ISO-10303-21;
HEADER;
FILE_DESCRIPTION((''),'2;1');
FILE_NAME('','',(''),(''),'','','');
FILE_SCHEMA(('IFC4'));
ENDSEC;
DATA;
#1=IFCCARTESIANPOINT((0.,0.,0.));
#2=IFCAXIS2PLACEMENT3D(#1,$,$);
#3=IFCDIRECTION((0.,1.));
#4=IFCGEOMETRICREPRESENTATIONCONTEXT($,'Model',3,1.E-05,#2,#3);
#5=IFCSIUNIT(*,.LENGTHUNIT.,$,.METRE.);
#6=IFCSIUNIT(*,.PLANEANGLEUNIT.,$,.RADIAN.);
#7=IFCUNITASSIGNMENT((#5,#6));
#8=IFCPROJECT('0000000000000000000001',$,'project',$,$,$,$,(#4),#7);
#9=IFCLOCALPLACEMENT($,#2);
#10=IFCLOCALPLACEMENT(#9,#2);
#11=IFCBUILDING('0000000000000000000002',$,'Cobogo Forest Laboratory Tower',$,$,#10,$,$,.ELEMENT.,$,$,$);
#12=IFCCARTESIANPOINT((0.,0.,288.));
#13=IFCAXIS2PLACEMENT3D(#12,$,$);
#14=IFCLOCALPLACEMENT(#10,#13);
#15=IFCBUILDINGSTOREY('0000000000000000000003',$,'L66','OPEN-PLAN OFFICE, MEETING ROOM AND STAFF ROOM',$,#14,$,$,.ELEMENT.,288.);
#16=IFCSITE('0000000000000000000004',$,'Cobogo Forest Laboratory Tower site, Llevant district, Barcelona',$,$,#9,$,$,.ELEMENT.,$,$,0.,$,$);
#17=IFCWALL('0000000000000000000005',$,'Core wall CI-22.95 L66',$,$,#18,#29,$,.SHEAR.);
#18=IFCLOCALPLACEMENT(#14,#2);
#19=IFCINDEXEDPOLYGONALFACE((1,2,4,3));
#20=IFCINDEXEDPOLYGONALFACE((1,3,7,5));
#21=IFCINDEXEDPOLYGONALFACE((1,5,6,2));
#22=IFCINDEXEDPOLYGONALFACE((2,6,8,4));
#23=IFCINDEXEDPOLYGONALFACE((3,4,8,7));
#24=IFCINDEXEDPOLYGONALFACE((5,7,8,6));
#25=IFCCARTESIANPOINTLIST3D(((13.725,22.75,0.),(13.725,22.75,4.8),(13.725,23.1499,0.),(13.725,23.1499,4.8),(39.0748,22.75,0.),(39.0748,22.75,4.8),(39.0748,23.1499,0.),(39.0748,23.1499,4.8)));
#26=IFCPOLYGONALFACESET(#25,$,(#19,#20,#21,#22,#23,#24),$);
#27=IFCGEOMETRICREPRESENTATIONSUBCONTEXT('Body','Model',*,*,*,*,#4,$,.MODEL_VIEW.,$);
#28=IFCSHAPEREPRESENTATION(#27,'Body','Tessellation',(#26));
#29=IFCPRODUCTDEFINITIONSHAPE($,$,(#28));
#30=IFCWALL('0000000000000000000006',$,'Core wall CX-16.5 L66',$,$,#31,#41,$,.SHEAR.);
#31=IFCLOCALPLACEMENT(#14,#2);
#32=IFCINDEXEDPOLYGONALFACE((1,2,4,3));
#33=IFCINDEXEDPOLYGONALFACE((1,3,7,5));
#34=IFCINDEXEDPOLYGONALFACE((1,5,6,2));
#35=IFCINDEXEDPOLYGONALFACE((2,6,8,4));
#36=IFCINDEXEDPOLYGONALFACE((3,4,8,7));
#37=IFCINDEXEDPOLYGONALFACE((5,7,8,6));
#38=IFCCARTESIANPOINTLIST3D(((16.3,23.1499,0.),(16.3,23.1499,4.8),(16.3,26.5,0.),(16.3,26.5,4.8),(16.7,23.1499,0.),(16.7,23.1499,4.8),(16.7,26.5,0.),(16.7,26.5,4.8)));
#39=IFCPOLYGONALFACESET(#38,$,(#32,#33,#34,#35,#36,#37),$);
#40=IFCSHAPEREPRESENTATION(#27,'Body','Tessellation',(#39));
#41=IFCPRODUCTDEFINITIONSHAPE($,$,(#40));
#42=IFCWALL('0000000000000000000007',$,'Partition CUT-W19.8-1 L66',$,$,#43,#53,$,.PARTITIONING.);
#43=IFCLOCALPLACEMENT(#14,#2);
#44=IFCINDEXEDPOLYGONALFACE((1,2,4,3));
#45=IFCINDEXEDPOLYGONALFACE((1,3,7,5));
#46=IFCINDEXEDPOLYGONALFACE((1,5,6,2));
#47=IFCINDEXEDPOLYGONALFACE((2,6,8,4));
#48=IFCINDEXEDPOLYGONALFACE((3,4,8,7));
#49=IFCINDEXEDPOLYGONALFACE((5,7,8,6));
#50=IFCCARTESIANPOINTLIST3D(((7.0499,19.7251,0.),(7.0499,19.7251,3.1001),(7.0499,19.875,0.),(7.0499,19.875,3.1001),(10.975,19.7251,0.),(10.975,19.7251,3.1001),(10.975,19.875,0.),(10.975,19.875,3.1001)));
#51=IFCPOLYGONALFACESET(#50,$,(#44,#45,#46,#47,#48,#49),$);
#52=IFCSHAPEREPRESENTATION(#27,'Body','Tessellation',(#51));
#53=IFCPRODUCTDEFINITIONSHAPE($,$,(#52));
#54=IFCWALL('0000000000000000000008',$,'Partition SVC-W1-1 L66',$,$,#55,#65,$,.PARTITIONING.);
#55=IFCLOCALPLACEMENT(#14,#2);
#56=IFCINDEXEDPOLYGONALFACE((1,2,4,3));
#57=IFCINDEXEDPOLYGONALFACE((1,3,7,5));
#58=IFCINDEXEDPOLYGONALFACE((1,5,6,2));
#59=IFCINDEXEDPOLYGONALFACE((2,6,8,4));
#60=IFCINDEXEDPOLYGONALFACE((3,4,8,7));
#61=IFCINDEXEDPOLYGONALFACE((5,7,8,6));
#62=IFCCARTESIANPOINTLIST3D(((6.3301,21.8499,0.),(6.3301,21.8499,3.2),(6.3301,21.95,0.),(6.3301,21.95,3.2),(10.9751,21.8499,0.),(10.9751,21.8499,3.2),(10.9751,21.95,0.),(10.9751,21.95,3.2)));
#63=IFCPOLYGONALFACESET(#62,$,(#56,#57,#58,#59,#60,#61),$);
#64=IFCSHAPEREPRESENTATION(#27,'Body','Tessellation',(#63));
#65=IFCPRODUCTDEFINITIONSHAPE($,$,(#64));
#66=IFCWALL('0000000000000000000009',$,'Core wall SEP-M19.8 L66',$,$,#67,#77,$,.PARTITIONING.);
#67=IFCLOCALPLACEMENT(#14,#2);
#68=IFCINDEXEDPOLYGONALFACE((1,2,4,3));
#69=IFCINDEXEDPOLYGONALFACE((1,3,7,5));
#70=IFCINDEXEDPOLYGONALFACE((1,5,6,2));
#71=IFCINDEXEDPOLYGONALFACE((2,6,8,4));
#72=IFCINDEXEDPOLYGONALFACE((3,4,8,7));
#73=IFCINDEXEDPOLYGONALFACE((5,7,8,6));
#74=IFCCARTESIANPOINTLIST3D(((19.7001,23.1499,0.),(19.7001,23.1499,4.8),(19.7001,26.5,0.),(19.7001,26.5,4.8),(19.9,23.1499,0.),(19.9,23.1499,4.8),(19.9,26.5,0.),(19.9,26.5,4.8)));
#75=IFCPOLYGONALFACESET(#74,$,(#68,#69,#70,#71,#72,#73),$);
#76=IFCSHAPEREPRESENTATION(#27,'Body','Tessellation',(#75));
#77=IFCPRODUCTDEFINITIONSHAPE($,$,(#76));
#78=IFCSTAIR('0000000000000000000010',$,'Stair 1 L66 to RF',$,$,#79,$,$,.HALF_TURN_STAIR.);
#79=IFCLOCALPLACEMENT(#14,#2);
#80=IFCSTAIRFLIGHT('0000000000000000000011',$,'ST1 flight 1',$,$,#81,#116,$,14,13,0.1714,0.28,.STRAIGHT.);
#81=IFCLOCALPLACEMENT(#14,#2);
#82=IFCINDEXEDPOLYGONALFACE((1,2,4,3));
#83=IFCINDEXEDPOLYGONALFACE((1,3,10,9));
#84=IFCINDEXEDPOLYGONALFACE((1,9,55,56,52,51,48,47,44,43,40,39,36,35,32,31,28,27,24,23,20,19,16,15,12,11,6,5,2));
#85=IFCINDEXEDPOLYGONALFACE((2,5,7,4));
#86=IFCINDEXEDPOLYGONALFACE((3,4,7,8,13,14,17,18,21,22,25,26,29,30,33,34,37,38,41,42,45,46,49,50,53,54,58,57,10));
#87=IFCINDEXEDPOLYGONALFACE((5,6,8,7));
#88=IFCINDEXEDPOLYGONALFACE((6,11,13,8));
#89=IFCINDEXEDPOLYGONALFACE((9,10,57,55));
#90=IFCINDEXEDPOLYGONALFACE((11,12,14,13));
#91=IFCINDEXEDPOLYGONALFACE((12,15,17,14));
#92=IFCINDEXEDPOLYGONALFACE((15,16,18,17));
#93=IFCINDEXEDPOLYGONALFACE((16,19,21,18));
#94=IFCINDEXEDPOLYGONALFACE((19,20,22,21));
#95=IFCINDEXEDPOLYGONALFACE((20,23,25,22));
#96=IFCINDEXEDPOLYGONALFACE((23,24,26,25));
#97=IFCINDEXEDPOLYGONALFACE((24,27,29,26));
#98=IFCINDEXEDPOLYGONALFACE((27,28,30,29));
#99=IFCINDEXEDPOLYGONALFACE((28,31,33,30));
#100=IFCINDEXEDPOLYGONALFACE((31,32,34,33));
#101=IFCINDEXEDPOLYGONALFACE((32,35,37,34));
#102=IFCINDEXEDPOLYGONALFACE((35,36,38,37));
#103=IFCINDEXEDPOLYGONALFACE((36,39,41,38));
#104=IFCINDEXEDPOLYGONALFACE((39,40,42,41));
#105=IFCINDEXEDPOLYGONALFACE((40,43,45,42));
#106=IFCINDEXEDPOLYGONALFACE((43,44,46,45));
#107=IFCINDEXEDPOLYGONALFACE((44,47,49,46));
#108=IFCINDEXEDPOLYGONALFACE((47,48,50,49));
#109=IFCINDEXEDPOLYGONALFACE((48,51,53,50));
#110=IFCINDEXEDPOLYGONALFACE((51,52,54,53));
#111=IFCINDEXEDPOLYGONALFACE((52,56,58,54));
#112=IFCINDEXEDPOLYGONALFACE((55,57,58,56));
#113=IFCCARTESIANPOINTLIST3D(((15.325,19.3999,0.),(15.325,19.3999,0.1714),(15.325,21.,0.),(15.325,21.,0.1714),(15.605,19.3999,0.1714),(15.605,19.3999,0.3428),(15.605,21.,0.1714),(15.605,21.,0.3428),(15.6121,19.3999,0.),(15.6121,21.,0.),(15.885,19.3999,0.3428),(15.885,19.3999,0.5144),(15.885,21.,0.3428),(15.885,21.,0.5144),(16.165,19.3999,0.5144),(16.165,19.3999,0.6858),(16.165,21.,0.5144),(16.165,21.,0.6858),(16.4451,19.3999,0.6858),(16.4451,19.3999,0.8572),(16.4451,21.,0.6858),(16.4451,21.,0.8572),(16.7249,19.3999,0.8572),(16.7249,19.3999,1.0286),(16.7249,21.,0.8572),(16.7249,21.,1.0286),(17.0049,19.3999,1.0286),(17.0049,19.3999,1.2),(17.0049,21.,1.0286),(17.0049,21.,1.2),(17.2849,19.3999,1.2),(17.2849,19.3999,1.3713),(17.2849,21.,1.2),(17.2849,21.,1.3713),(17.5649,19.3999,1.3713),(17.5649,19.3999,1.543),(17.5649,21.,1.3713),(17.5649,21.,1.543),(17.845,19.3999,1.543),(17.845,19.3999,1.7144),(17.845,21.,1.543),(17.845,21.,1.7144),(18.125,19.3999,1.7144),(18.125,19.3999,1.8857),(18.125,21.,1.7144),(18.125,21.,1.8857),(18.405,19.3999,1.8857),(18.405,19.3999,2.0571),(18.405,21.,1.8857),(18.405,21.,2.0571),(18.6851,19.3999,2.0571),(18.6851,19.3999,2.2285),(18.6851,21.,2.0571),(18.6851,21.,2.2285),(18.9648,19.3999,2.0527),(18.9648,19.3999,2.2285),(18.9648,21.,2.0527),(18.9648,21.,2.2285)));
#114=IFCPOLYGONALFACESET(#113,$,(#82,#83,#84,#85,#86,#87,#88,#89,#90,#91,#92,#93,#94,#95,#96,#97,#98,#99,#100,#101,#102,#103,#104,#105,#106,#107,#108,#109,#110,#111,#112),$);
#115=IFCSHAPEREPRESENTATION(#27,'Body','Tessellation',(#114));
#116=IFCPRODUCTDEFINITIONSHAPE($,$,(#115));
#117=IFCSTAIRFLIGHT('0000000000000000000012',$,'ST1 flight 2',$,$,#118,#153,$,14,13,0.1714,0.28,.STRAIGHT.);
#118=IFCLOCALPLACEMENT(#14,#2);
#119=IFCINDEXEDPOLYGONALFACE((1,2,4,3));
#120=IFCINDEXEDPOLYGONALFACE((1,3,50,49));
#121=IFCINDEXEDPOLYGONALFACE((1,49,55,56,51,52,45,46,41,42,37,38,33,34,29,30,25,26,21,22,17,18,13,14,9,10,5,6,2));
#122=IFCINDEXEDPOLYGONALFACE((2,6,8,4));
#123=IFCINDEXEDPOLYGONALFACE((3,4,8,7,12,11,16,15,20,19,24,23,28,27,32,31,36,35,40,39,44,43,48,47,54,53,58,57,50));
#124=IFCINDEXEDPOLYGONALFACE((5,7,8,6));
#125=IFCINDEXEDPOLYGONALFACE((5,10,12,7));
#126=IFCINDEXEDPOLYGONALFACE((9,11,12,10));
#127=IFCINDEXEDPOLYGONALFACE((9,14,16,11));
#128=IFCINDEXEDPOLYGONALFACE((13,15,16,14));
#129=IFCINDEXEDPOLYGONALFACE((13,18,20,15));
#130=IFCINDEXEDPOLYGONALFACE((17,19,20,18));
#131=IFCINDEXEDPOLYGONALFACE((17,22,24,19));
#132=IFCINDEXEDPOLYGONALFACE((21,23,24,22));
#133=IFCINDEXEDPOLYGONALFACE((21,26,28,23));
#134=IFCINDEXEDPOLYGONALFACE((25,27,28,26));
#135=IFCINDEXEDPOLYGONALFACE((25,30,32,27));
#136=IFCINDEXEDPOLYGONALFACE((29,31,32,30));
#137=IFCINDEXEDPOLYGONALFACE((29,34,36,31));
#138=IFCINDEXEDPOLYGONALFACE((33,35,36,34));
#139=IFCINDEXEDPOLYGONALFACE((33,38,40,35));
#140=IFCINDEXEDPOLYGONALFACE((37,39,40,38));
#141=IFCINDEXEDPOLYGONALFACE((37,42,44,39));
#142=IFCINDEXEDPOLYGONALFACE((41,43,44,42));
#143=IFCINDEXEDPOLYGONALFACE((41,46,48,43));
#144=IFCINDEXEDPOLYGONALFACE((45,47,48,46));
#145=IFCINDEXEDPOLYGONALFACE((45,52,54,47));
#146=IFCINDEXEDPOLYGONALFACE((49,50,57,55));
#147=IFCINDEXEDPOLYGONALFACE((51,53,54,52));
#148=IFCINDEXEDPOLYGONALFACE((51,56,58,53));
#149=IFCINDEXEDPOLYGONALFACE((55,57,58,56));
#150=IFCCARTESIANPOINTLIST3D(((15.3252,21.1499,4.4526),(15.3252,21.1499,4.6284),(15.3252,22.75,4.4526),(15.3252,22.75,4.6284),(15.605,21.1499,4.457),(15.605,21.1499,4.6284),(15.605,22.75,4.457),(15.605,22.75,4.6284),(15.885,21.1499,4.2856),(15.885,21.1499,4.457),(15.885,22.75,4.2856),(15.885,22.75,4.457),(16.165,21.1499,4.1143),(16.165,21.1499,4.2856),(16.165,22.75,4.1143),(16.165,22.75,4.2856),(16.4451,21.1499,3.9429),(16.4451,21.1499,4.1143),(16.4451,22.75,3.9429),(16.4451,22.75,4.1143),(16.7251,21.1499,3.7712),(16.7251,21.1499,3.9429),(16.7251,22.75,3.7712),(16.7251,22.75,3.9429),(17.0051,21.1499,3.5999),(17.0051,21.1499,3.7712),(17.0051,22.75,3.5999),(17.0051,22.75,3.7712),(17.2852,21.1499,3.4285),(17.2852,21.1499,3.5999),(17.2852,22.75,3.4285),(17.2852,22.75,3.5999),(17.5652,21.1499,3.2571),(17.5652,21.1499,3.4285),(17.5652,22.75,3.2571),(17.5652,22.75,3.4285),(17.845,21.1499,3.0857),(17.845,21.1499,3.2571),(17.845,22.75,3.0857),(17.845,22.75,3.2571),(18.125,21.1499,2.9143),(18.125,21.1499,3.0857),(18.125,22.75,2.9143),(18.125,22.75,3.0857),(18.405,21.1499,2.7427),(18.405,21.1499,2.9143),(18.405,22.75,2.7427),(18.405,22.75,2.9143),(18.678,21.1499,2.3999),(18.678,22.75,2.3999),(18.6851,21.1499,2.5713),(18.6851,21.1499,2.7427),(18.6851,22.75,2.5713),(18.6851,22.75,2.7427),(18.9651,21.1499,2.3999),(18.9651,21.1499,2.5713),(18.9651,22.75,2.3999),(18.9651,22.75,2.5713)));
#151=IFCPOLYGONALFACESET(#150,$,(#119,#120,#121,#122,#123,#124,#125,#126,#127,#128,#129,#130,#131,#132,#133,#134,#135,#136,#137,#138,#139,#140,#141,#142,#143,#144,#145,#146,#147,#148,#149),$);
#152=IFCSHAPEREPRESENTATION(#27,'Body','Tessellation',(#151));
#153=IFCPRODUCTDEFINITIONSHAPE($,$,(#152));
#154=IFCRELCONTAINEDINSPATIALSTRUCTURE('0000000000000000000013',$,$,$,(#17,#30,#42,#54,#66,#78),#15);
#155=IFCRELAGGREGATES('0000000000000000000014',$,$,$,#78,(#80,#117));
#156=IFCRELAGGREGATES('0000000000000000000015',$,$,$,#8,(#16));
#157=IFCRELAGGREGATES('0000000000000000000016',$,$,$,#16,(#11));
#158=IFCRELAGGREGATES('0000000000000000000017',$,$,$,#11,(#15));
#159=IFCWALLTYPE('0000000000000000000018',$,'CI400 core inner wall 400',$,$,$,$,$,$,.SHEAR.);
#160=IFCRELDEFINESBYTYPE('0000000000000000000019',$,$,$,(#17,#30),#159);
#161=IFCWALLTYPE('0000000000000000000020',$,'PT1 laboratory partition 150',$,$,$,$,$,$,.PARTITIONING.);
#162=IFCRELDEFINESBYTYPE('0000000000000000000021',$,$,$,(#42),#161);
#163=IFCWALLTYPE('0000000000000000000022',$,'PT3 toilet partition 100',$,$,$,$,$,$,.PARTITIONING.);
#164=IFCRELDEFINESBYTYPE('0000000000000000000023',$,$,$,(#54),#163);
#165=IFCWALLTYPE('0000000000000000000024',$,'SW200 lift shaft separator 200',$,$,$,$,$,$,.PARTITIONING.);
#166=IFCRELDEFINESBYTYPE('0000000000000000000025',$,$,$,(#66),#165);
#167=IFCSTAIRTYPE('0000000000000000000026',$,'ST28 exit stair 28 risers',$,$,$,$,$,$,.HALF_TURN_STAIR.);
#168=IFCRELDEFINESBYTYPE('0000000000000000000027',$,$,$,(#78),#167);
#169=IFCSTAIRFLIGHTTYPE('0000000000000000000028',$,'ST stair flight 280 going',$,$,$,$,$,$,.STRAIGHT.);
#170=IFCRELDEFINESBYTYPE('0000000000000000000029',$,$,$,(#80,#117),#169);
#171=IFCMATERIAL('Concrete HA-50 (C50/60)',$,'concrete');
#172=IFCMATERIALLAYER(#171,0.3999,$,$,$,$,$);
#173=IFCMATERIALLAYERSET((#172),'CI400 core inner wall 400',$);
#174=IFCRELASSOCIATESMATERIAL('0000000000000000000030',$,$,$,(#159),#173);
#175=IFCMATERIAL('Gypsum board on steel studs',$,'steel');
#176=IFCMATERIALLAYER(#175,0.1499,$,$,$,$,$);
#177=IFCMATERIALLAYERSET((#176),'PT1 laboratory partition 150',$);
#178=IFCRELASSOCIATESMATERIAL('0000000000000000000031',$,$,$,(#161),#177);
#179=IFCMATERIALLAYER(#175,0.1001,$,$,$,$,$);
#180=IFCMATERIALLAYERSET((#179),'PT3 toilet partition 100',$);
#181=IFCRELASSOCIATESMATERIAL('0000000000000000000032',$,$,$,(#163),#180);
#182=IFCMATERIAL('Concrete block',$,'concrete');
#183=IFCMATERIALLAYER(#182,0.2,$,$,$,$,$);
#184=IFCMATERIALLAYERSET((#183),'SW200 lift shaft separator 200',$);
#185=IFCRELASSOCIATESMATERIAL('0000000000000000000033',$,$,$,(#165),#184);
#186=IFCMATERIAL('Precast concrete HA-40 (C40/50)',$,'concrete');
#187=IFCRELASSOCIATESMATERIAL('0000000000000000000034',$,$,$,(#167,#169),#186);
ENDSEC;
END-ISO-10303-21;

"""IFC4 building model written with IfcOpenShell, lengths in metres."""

from ifc_helpers import new_model, si_unit, direction, frame, frame_2d, origin, place, context, subcontext, project, spatial, polyline, rectangle, outline, extrude, material, layer, layer_set, type_object, element, aggregate, save


model = new_model("IFC4")

# Units and contexts
model_context = context("Model", 3, precision=1e-05, world=origin(), true_north=direction((0.0, 1.0)))
body_context = subcontext(model_context, "Body", "Model", "MODEL_VIEW")
ifc_project = project(units=[si_unit("LENGTHUNIT", "METRE"), si_unit("PLANEANGLEUNIT", "RADIAN")], contexts=[model_context])

# Site, building, storey
site_placement = place(None, origin())
site = spatial("IfcSite", under=ifc_project, at=site_placement, Name="Cobogo Forest Laboratory Tower site, Llevant district, Barcelona", CompositionType="ELEMENT", RefElevation=0.0)
building_placement = place(site_placement, origin())
building = spatial("IfcBuilding", under=site, at=building_placement, Name="Cobogo Forest Laboratory Tower", CompositionType="ELEMENT")
storey_placement = place(building_placement, frame((0.0, 0.0, 288.0)))
storey = spatial("IfcBuildingStorey", under=building, at=storey_placement, Name="L66", Description="OPEN-PLAN OFFICE, MEETING ROOM AND STAFF ROOM", CompositionType="ELEMENT", Elevation=288.0)

# Shared definitions
ifc_material_1 = material(Name="Concrete HA-50 (C50/60)", Category="concrete")

# Walls
ifc_layer_1 = layer(ifc_material_1, 0.3999)
ifc_layer_set_1 = layer_set([ifc_layer_1], Name="CI400 core inner wall 400")
wall_type_1 = type_object("IfcWallType", Name="CI400 core inner wall 400", PredefinedType="SHEAR", material=ifc_layer_set_1)
wall_1_placement = place(storey_placement, frame((13.7251, 22.95, 0.0), z_axis=(0.0, 0.0, 1.0), x_axis=(1.0, 0.0, 0.0)))
element("IfcWall", 1, at=wall_1_placement, inside=storey, type_object=wall_type_1, Name="Core wall CI-22.95 L66", PredefinedType="SHEAR", context=body_context, shape_type="SweptSolid", body=[
    extrude(rectangle(XDim=25.3499, YDim=0.3999, at=frame_2d((12.6748, 0.0))), origin(), (0.0, 0.0, 1.0), 4.8),
])
wall_2_placement = place(storey_placement, frame((16.5, 23.1499, 0.0), z_axis=(0.0, 0.0, 1.0), x_axis=(0.0, 1.0, 0.0)))
element("IfcWall", 2, at=wall_2_placement, inside=storey, type_object=wall_type_1, Name="Core wall CX-16.5 L66", PredefinedType="SHEAR", context=body_context, shape_type="SweptSolid", body=[
    extrude(rectangle(XDim=3.3501, YDim=0.3999, at=frame_2d((1.675, 0.0))), origin(), (0.0, 0.0, 1.0), 4.8),
])
ifc_material_2 = material(Name="Gypsum board on steel studs", Category="steel")
ifc_layer_2 = layer(ifc_material_2, 0.1499)
ifc_layer_set_2 = layer_set([ifc_layer_2], Name="PT1 laboratory partition 150")
wall_type_2 = type_object("IfcWallType", Name="PT1 laboratory partition 150", PredefinedType="PARTITIONING", material=ifc_layer_set_2)
wall_3_placement = place(storey_placement, frame((7.05, 19.8, 0.0), z_axis=(0.0, 0.0, 1.0), x_axis=(1.0, 0.0, 0.0)))
element("IfcWall", 3, at=wall_3_placement, inside=storey, type_object=wall_type_2, Name="Partition CUT-W19.8-1 L66", PredefinedType="PARTITIONING", context=body_context, shape_type="SweptSolid", body=[
    extrude(rectangle(XDim=3.925, YDim=0.1499, at=frame_2d((1.9624, 0.0))), origin(), (0.0, 0.0, 1.0), 3.1001),
])
ifc_layer_3 = layer(ifc_material_2, 0.1001)
ifc_layer_set_3 = layer_set([ifc_layer_3], Name="PT3 toilet partition 100")
wall_type_3 = type_object("IfcWallType", Name="PT3 toilet partition 100", PredefinedType="PARTITIONING", material=ifc_layer_set_3)
wall_4_placement = place(storey_placement, frame((6.3301, 21.8999, 0.0), z_axis=(0.0, 0.0, 1.0), x_axis=(1.0, 0.0, 0.0)))
element("IfcWall", 4, at=wall_4_placement, inside=storey, type_object=wall_type_3, Name="Partition SVC-W1-1 L66", PredefinedType="PARTITIONING", context=body_context, shape_type="SweptSolid", body=[
    extrude(rectangle(XDim=4.645, YDim=0.1001, at=frame_2d((2.3225, 0.0))), origin(), (0.0, 0.0, 1.0), 3.2),
])
ifc_material_3 = material(Name="Concrete block", Category="concrete")
ifc_layer_4 = layer(ifc_material_3, 0.2)
ifc_layer_set_4 = layer_set([ifc_layer_4], Name="SW200 lift shaft separator 200")
wall_type_4 = type_object("IfcWallType", Name="SW200 lift shaft separator 200", PredefinedType="PARTITIONING", material=ifc_layer_set_4)
wall_5_placement = place(storey_placement, frame((19.8, 23.1499, 0.0), z_axis=(0.0, 0.0, 1.0), x_axis=(0.0, 1.0, 0.0)))
element("IfcWall", 5, at=wall_5_placement, inside=storey, type_object=wall_type_4, Name="Core wall SEP-M19.8 L66", PredefinedType="PARTITIONING", context=body_context, shape_type="SweptSolid", body=[
    extrude(rectangle(XDim=3.3501, YDim=0.2, at=frame_2d((1.675, 0.0))), origin(), (0.0, 0.0, 1.0), 4.8),
])

# Stair, stair flights
ifc_material_4 = material(Name="Precast concrete HA-40 (C40/50)", Category="concrete")
stair_type = type_object("IfcStairType", Name="ST28 exit stair 28 risers", PredefinedType="HALF_TURN_STAIR", material=ifc_material_4)
stair_placement = place(storey_placement, origin())
stair = element("IfcStair", 6, at=stair_placement, inside=storey, type_object=stair_type, Name="Stair 1 L66 to RF", PredefinedType="HALF_TURN_STAIR")
stair_flight_type = type_object("IfcStairFlightType", Name="ST stair flight 280 going", PredefinedType="STRAIGHT", material=ifc_material_4)
stair_flight_1_placement = place(storey_placement, frame((15.325, 20.2, 0.0), z_axis=(0.0, 0.0, 1.0), x_axis=(1.0, 0.0, 0.0)))
stair_flight_1 = element("IfcStairFlight", 7, at=stair_flight_1_placement, type_object=stair_flight_type, Name="ST1 flight 1", NumberOfRisers=14, NumberOfTreads=13, PredefinedType="STRAIGHT", RiserHeight=0.1714, TreadLength=0.28, context=body_context, shape_type="SweptSolid", body=[
    extrude(outline(polyline([(0.0, 0.0), (0.0, 0.1714), (0.28, 0.1714), (0.28, 0.3428), (0.5601, 0.3428), (0.5601, 0.5144), (0.8401, 0.5144), (0.8401, 0.6858), (1.1201, 0.6858), (1.1201, 0.8572), (1.3999, 0.8572), (1.3999, 1.0286), (1.6799, 1.0286), (1.6799, 1.2), (1.96, 1.2), (1.96, 1.3713), (2.24, 1.3713), (2.24, 1.543), (2.52, 1.543), (2.52, 1.7144), (2.8, 1.7144), (2.8, 1.8857), (3.0801, 1.8857), (3.0801, 2.0571), (3.3601, 2.0571), (3.3601, 2.2285), (3.6399, 2.2285), (3.6399, 2.3999), (3.6399, 2.0527), (0.2871, 0.0), (0.0, 0.0)])), frame((0.0, 0.8, 0.0), z_axis=(0.0, -1.0, 0.0), x_axis=(1.0, 0.0, 0.0)), (0.0, 0.0, 1.0), 1.6001),
])
stair_flight_2_placement = place(storey_placement, frame((18.9651, 21.95, 2.3999), z_axis=(0.0, 0.0, 1.0), x_axis=(-1.0, 0.0, 0.0)))
stair_flight_2 = element("IfcStairFlight", 8, at=stair_flight_2_placement, type_object=stair_flight_type, Name="ST1 flight 2", NumberOfRisers=14, NumberOfTreads=13, PredefinedType="STRAIGHT", RiserHeight=0.1714, TreadLength=0.28, context=body_context, shape_type="SweptSolid", body=[
    extrude(outline(polyline([(0.0, 0.0), (0.0, 0.1714), (0.28, 0.1714), (0.28, 0.3428), (0.5601, 0.3428), (0.5601, 0.5144), (0.8401, 0.5144), (0.8401, 0.6858), (1.1201, 0.6858), (1.1201, 0.8572), (1.3999, 0.8572), (1.3999, 1.0286), (1.6799, 1.0286), (1.6799, 1.2), (1.96, 1.2), (1.96, 1.3713), (2.24, 1.3713), (2.24, 1.543), (2.52, 1.543), (2.52, 1.7144), (2.8, 1.7144), (2.8, 1.8857), (3.0801, 1.8857), (3.0801, 2.0571), (3.3601, 2.0571), (3.3601, 2.2285), (3.6399, 2.2285), (3.6399, 2.3999), (3.6399, 2.0527), (0.2871, 0.0), (0.0, 0.0)])), frame((0.0, 0.8, 0.0), z_axis=(0.0, -1.0, 0.0), x_axis=(1.0, 0.0, 0.0)), (0.0, 0.0, 1.0), 1.6001),
])
aggregate(stair, [stair_flight_1, stair_flight_2])

save(model, "model.ifc")
